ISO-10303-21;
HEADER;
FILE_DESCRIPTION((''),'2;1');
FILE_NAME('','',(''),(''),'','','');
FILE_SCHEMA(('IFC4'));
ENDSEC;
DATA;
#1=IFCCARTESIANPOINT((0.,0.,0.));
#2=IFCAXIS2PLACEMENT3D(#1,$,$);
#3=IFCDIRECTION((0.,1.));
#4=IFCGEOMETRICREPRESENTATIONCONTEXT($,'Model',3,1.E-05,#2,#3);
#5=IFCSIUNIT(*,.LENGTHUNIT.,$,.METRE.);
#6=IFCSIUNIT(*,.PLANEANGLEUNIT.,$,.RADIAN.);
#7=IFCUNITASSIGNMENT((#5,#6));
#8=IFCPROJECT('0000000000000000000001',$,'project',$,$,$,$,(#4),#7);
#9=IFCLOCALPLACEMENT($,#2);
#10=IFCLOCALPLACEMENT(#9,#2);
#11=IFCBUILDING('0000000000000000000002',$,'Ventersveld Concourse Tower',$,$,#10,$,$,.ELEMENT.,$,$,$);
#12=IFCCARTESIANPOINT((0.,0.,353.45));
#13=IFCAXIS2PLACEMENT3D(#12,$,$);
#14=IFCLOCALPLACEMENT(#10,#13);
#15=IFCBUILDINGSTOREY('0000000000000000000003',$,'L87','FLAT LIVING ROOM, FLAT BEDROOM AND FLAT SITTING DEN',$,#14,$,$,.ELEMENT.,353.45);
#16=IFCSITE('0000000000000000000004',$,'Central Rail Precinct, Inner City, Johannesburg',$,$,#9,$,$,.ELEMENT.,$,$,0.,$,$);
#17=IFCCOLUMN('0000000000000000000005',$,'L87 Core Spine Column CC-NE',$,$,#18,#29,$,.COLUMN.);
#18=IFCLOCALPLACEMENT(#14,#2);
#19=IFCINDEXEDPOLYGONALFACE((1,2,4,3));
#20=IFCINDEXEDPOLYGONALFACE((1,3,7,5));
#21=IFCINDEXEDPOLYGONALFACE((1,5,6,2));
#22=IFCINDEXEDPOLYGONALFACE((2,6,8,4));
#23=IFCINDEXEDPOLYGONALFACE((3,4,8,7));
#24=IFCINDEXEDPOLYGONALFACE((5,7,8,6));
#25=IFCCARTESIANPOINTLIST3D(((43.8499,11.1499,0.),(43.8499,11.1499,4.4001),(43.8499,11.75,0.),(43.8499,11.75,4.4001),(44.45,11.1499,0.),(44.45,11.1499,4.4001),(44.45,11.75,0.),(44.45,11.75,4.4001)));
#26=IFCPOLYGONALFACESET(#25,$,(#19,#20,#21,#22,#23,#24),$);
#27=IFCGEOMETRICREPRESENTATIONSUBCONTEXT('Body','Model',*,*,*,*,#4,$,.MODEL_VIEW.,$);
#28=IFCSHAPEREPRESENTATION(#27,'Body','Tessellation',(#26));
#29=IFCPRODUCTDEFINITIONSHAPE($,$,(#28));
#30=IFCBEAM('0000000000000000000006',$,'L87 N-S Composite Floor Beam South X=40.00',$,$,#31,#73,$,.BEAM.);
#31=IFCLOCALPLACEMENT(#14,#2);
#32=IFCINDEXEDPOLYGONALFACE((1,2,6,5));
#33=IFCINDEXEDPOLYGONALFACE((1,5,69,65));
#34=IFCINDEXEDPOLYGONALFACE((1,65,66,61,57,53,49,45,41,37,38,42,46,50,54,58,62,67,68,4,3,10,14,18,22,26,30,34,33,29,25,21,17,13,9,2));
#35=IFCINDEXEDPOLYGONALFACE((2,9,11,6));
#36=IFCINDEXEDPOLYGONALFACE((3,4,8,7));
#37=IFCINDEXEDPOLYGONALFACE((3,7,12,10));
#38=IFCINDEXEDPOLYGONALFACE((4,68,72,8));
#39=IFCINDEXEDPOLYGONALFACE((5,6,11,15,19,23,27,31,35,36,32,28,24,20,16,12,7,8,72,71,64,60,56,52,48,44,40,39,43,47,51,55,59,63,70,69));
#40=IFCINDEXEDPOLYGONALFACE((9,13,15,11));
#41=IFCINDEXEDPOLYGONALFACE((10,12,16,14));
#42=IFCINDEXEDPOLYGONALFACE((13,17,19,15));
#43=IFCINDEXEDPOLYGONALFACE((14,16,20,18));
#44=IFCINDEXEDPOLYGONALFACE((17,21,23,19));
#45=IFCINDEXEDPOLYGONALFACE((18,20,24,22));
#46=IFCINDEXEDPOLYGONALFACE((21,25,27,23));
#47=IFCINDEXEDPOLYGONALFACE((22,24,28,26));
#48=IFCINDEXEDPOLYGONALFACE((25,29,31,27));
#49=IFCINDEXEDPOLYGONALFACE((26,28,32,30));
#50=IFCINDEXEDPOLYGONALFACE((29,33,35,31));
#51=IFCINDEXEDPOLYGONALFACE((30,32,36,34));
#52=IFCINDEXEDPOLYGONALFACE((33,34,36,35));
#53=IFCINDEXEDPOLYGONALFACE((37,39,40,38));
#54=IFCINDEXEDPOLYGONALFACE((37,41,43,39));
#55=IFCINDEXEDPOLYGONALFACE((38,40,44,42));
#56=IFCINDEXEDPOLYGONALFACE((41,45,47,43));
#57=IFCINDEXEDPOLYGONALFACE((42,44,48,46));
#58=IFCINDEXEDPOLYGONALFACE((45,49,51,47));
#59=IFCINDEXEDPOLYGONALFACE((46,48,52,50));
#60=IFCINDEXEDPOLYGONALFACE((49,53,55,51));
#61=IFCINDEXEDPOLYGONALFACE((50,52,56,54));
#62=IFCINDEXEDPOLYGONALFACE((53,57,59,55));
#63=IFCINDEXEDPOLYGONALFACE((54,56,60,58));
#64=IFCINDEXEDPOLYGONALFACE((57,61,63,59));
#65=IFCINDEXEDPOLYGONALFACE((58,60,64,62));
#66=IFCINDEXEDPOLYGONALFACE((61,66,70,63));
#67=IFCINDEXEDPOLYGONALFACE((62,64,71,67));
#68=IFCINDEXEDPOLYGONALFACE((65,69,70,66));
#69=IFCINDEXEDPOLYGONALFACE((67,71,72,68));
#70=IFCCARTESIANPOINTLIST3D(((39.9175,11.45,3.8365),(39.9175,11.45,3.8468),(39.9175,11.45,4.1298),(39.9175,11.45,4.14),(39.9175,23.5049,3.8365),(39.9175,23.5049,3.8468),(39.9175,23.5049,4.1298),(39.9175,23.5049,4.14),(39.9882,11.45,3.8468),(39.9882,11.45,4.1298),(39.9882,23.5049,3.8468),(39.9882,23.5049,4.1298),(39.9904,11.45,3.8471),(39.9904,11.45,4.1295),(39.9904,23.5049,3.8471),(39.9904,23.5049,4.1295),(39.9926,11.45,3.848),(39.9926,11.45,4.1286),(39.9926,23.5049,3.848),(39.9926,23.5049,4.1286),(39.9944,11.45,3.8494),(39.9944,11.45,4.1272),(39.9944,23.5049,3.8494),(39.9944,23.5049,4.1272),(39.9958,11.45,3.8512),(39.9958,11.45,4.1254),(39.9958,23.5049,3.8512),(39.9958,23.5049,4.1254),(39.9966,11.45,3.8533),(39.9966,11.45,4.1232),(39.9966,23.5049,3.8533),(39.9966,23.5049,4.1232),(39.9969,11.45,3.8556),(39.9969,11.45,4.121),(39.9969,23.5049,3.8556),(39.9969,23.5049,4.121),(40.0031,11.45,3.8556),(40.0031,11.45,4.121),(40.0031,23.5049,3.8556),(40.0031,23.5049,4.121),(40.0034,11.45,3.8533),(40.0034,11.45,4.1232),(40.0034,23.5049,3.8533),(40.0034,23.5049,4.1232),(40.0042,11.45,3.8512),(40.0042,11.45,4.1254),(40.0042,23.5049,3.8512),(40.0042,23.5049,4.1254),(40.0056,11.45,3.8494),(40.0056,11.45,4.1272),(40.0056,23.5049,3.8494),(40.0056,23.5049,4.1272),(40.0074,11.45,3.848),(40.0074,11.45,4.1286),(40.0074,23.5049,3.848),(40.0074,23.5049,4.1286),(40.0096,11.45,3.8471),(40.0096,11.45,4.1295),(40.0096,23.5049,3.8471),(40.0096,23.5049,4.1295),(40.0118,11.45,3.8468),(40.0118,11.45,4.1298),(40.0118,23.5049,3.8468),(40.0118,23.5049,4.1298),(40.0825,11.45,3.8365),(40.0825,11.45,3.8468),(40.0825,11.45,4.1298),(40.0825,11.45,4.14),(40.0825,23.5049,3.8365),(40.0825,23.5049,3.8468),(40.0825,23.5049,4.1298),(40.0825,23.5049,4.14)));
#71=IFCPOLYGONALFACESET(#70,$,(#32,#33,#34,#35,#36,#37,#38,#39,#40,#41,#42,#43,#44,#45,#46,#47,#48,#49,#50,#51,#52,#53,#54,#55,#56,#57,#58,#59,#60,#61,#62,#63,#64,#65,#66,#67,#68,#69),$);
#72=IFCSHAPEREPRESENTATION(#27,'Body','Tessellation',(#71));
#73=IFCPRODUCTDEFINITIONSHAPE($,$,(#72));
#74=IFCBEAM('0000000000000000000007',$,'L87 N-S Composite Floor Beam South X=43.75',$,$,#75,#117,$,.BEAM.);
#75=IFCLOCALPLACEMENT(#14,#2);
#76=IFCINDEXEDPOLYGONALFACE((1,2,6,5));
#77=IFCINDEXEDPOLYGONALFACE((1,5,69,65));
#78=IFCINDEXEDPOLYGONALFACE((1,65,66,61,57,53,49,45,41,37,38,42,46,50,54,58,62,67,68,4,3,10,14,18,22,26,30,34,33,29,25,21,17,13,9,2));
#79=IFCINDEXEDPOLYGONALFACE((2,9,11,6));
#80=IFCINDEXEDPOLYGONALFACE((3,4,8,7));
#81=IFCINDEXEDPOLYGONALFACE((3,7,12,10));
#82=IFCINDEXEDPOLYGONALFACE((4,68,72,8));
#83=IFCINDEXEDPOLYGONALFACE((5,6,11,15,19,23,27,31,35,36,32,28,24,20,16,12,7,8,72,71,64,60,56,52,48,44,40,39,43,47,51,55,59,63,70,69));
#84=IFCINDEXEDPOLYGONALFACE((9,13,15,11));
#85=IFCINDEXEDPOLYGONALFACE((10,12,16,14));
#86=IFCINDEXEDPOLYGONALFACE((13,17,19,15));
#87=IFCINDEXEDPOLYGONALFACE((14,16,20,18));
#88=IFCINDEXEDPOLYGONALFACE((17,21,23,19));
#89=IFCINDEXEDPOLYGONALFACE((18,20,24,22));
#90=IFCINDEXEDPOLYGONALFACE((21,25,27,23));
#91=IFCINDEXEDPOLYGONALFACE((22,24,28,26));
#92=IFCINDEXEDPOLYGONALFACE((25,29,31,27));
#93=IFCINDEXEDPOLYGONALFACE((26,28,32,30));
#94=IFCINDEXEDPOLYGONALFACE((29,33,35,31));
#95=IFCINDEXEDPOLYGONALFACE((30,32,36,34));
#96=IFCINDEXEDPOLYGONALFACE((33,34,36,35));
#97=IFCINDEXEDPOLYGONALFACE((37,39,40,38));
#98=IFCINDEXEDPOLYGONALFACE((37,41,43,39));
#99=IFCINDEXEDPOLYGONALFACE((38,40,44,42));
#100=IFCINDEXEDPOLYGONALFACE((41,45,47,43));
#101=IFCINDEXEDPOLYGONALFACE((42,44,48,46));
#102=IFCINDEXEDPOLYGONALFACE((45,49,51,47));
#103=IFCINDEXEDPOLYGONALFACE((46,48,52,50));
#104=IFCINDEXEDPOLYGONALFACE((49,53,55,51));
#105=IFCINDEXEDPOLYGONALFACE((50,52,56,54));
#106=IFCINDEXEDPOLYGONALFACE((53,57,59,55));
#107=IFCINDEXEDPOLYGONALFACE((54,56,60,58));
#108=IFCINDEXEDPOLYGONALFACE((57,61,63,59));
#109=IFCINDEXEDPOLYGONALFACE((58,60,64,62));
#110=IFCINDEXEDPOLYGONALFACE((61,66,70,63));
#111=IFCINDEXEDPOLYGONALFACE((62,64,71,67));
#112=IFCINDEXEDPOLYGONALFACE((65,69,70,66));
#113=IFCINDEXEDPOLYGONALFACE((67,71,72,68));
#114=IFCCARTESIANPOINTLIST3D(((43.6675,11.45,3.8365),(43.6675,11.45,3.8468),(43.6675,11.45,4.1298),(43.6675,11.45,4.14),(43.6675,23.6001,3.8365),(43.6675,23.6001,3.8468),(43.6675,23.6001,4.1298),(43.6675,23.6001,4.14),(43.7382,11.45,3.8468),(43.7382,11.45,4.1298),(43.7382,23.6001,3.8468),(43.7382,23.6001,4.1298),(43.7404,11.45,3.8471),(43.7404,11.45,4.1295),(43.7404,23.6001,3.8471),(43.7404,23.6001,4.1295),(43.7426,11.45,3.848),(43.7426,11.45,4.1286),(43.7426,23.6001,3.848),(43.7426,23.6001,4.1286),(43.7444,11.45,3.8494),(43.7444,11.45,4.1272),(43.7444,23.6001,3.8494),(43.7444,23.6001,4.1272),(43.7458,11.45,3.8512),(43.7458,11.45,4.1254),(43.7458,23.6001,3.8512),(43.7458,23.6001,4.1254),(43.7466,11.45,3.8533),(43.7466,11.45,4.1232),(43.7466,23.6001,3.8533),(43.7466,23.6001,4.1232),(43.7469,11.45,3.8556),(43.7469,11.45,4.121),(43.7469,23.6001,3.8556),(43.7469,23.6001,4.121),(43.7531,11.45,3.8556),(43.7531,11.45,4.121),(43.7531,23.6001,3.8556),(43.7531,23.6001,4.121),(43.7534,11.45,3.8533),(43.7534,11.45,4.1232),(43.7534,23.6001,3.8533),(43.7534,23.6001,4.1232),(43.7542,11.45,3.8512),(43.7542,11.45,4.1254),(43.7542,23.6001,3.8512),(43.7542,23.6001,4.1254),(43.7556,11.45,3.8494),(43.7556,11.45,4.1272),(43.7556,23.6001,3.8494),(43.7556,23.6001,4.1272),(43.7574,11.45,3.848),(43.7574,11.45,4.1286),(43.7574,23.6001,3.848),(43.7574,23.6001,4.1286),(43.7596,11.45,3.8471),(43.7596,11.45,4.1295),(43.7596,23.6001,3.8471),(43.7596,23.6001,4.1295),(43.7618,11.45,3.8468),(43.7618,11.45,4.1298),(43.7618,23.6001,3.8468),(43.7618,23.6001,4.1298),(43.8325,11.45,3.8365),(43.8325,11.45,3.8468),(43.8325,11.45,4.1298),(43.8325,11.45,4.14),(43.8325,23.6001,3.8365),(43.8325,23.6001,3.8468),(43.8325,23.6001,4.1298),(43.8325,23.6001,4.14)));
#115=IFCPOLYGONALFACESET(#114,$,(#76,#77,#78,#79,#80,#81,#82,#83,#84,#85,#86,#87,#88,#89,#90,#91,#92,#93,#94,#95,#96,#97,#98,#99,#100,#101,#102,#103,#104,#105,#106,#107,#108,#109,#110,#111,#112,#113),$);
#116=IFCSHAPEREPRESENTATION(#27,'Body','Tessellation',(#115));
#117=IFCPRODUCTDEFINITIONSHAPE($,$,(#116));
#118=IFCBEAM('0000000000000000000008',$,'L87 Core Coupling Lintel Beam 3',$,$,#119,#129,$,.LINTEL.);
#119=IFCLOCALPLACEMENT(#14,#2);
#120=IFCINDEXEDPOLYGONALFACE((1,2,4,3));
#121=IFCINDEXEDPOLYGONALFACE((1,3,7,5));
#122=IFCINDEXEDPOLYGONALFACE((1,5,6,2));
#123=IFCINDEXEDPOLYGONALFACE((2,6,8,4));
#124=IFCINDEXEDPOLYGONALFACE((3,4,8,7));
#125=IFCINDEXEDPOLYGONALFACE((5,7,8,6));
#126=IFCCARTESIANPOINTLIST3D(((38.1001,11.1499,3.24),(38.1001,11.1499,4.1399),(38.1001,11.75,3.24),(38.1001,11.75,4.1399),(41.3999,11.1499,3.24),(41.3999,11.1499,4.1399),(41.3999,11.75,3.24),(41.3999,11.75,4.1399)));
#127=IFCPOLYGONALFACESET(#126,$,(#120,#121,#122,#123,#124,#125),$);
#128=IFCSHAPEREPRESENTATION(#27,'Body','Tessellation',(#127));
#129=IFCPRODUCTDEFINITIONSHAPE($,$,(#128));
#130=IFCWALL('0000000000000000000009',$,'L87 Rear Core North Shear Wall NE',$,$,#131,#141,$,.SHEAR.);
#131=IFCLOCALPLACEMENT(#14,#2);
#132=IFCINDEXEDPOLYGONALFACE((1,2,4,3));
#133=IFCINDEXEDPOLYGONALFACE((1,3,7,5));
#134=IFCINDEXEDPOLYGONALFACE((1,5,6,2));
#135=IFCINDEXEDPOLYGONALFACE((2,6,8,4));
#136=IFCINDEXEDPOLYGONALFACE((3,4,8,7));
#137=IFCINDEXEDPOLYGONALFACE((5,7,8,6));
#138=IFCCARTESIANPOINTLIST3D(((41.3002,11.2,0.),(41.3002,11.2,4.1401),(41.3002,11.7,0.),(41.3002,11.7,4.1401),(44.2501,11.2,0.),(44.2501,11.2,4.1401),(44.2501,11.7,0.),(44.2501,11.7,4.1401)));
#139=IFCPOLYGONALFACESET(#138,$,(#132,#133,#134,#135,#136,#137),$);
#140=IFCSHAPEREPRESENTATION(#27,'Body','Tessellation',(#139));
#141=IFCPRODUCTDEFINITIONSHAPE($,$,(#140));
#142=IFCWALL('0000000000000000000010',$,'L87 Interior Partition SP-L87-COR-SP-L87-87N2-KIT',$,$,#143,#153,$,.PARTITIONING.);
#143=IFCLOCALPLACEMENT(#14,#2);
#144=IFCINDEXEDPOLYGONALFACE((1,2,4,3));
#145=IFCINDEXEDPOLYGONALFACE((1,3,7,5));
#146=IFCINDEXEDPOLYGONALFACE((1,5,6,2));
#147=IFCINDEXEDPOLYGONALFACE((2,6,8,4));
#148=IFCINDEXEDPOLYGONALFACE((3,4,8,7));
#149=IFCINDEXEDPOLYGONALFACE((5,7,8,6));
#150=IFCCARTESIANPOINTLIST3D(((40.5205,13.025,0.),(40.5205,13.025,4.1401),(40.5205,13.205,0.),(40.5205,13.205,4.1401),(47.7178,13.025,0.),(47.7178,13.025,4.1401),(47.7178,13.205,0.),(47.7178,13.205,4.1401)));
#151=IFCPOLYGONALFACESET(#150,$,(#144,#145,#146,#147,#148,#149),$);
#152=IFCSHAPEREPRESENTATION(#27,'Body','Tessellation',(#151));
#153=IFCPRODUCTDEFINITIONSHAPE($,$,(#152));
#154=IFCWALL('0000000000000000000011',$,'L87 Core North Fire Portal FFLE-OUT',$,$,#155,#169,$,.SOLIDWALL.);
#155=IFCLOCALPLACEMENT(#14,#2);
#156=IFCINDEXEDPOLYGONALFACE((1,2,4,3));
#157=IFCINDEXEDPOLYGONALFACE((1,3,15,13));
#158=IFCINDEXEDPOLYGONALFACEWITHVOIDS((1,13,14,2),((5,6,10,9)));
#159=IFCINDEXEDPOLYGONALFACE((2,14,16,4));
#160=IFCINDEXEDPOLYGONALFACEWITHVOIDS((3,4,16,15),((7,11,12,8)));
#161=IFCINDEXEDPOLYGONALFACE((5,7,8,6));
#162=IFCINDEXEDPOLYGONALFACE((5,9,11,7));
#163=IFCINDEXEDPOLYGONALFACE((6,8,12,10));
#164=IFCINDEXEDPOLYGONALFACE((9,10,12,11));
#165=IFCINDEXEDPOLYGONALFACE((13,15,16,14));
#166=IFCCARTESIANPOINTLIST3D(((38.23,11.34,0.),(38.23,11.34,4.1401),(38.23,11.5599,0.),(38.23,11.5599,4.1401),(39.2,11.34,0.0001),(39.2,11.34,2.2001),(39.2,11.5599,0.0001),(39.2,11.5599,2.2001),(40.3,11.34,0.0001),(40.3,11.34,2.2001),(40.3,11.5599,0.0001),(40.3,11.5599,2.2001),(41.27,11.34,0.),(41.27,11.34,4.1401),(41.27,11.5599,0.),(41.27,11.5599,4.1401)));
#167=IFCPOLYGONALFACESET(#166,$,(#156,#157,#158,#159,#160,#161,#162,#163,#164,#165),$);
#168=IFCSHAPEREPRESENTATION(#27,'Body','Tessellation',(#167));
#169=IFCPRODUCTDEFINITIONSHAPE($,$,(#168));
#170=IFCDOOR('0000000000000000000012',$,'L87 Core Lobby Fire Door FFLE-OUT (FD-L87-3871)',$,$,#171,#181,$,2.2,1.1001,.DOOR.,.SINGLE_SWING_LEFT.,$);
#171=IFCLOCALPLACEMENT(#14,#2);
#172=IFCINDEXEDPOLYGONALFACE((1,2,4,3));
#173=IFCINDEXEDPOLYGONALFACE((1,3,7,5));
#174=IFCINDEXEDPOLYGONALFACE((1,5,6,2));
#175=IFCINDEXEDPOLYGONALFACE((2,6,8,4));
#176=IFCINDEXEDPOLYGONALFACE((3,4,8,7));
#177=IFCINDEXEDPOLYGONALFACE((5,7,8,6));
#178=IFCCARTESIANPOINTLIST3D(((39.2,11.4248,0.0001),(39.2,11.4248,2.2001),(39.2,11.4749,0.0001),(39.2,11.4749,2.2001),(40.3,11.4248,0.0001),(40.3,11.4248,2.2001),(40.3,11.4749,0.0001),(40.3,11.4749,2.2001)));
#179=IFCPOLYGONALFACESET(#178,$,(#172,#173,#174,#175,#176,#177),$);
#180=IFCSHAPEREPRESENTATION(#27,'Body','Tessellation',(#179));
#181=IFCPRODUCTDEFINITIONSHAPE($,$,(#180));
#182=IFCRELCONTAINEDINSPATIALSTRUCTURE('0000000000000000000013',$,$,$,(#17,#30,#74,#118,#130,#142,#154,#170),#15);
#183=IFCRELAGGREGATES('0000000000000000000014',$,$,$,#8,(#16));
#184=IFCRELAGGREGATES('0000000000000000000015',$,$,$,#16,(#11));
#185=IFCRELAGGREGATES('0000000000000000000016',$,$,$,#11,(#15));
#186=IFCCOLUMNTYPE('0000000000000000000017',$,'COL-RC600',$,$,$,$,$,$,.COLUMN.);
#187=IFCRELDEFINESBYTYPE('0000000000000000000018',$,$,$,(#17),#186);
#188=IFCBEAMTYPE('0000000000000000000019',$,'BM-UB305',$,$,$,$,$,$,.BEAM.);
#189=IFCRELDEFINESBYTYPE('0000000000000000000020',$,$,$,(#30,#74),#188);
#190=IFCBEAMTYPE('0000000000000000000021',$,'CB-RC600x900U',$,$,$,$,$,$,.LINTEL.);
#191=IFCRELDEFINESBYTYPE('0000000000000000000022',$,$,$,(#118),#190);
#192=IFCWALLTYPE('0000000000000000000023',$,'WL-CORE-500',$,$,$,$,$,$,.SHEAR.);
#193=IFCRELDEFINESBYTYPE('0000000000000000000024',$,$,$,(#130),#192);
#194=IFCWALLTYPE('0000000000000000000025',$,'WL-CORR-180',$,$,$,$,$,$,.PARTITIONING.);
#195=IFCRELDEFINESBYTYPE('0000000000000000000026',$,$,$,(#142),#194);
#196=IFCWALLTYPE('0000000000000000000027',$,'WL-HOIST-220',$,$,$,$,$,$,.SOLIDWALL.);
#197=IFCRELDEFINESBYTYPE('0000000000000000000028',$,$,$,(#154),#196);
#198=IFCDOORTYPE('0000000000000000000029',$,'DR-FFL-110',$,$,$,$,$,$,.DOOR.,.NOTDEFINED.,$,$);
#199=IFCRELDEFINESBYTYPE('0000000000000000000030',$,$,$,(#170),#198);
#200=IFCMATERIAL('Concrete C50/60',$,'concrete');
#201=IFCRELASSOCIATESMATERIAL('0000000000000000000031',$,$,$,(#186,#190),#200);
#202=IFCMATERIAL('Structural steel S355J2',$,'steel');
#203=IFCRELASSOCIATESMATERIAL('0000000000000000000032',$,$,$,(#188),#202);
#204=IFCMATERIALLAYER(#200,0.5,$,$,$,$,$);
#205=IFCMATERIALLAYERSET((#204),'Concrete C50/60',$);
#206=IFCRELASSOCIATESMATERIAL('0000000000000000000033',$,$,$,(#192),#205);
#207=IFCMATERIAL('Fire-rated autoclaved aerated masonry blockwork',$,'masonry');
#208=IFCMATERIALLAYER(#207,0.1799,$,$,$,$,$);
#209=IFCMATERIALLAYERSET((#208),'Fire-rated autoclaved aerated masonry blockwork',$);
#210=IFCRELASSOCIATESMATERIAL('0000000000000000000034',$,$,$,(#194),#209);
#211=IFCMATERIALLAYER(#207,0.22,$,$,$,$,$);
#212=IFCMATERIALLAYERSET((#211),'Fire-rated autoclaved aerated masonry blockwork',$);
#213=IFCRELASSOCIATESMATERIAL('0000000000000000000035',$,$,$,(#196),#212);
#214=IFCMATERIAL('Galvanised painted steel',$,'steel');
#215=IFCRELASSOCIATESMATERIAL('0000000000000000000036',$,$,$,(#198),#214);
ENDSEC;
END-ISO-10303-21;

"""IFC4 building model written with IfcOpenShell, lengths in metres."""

from ifc_helpers import new_model, si_unit, direction, frame, frame_2d, origin, origin_2d, place, context, subcontext, project, spatial, rectangle, i_section, extrude, material, layer, layer_set, material_profile, profile_set, type_object, element, fill, save


model = new_model("IFC4")

# Units and contexts
model_context = context("Model", 3, precision=1e-05, world=origin(), true_north=direction((0.0, 1.0)))
body_context = subcontext(model_context, "Body", "Model", "MODEL_VIEW")
ifc_project = project(units=[si_unit("LENGTHUNIT", "METRE"), si_unit("PLANEANGLEUNIT", "RADIAN")], contexts=[model_context])

# Site, building, storey
site_placement = place(None, origin())
site = spatial("IfcSite", under=ifc_project, at=site_placement, Name="Central Rail Precinct, Inner City, Johannesburg", CompositionType="ELEMENT", RefElevation=0.0)
building_placement = place(site_placement, origin())
building = spatial("IfcBuilding", under=site, at=building_placement, Name="Ventersveld Concourse Tower", CompositionType="ELEMENT")
storey_placement = place(building_placement, frame((0.0, 0.0, 353.45)))
storey = spatial("IfcBuildingStorey", under=building, at=storey_placement, Name="L87", Description="FLAT LIVING ROOM, FLAT BEDROOM AND FLAT SITTING DEN", CompositionType="ELEMENT", Elevation=353.45)

# Column
ifc_material_1 = material(Name="Concrete C50/60", Category="concrete")
ifc_material_profile_1 = material_profile(ifc_material_1, rectangle(XDim=0.6001, YDim=0.6001, at=origin_2d()), Name="RC 600x600")
ifc_profile_set_1 = profile_set([ifc_material_profile_1], Name="Concrete C50/60")
column_type = type_object("IfcColumnType", Name="COL-RC600", PredefinedType="COLUMN", material=ifc_profile_set_1)
column_placement = place(storey_placement, frame((44.1499, 11.45, 0.0), z_axis=(0.0, 0.0, 1.0), x_axis=(1.0, 0.0, 0.0)))
element("IfcColumn", 1, at=column_placement, inside=storey, type_object=column_type, Name="L87 Core Spine Column CC-NE", PredefinedType="COLUMN", context=body_context, shape_type="SweptSolid", body=[
    extrude(rectangle(XDim=0.6001, YDim=0.6001, at=origin_2d()), origin(), (0.0, 0.0, 1.0), 4.4001),
])

# Beams
ifc_material_2 = material(Name="Structural steel S355J2", Category="steel")
ifc_material_profile_2 = material_profile(ifc_material_2, i_section(OverallWidth=0.165, OverallDepth=0.3035, WebThickness=0.0061, FlangeThickness=0.0103, FilletRadius=0.0088, at=origin_2d()), Name="UB 305x165x40")
ifc_profile_set_2 = profile_set([ifc_material_profile_2], Name="Structural steel S355J2")
beam_type_1 = type_object("IfcBeamType", Name="BM-UB305", PredefinedType="BEAM", material=ifc_profile_set_2)
beam_1_placement = place(storey_placement, frame((40.0, 11.45, 3.9883), z_axis=(0.0, 1.0, 0.0), x_axis=(-1.0, 0.0, 0.0)))
element("IfcBeam", 2, at=beam_1_placement, inside=storey, type_object=beam_type_1, Name="L87 N-S Composite Floor Beam South X=40.00", PredefinedType="BEAM", context=body_context, shape_type="SweptSolid", body=[
    extrude(i_section(OverallWidth=0.165, OverallDepth=0.3035, WebThickness=0.0061, FlangeThickness=0.0103, FilletRadius=0.0088, at=origin_2d()), origin(), (0.0, 0.0, 1.0), 12.0549),
])
beam_2_placement = place(storey_placement, frame((43.75, 11.45, 3.9883), z_axis=(0.0, 1.0, 0.0), x_axis=(-1.0, 0.0, 0.0)))
element("IfcBeam", 3, at=beam_2_placement, inside=storey, type_object=beam_type_1, Name="L87 N-S Composite Floor Beam South X=43.75", PredefinedType="BEAM", context=body_context, shape_type="SweptSolid", body=[
    extrude(i_section(OverallWidth=0.165, OverallDepth=0.3035, WebThickness=0.0061, FlangeThickness=0.0103, FilletRadius=0.0088, at=origin_2d()), origin(), (0.0, 0.0, 1.0), 12.1501),
])
ifc_material_profile_3 = material_profile(ifc_material_1, rectangle(XDim=0.6001, YDim=0.8999, at=origin_2d()), Name="RC 600x900")
ifc_profile_set_3 = profile_set([ifc_material_profile_3], Name="Concrete C50/60")
beam_type_2 = type_object("IfcBeamType", Name="CB-RC600x900U", PredefinedType="LINTEL", material=ifc_profile_set_3)
beam_3_placement = place(storey_placement, frame((38.1001, 11.45, 3.6899), z_axis=(1.0, 0.0, 0.0), x_axis=(0.0, 1.0, 0.0)))
element("IfcBeam", 4, at=beam_3_placement, inside=storey, type_object=beam_type_2, Name="L87 Core Coupling Lintel Beam 3", PredefinedType="LINTEL", context=body_context, shape_type="SweptSolid", body=[
    extrude(rectangle(XDim=0.6001, YDim=0.8999, at=origin_2d()), origin(), (0.0, 0.0, 1.0), 3.2998),
])

# Wall
ifc_layer_1 = layer(ifc_material_1, 0.5)
ifc_layer_set_1 = layer_set([ifc_layer_1], Name="Concrete C50/60")
wall_type_1 = type_object("IfcWallType", Name="WL-CORE-500", PredefinedType="SHEAR", material=ifc_layer_set_1)
wall_1_placement = place(storey_placement, frame((41.3, 11.45, 0.0), z_axis=(0.0, 0.0, 1.0), x_axis=(1.0, 0.0, 0.0)))
element("IfcWall", 5, at=wall_1_placement, inside=storey, type_object=wall_type_1, Name="L87 Rear Core North Shear Wall NE", PredefinedType="SHEAR", context=body_context, shape_type="SweptSolid", body=[
    extrude(rectangle(XDim=2.95, YDim=0.5, at=frame_2d((1.4751, 0.0))), origin(), (0.0, 0.0, 1.0), 4.1401),
])

# Shared definitions
ifc_material_3 = material(Name="Fire-rated autoclaved aerated masonry blockwork", Category="masonry")
ifc_layer_2 = layer(ifc_material_3, 0.1799)
ifc_layer_set_2 = layer_set([ifc_layer_2], Name="Fire-rated autoclaved aerated masonry blockwork")
wall_type_2 = type_object("IfcWallType", Name="WL-CORR-180", PredefinedType="PARTITIONING", material=ifc_layer_set_2)

# Wall
wall_2_placement = place(storey_placement, frame((40.5205, 13.115, 0.0), z_axis=(0.0, 0.0, 1.0), x_axis=(1.0, 0.0, 0.0)))
element("IfcWall", 6, at=wall_2_placement, inside=storey, type_object=wall_type_2, Name="L87 Interior Partition SP-L87-COR-SP-L87-87N2-KIT", PredefinedType="PARTITIONING", context=body_context, shape_type="SweptSolid", body=[
    extrude(rectangle(XDim=7.1973, YDim=0.1799, at=frame_2d((3.5986, 0.0))), origin(), (0.0, 0.0, 1.0), 4.1401),
])

# Wall, opening, door
ifc_layer_3 = layer(ifc_material_3, 0.22)
ifc_layer_set_3 = layer_set([ifc_layer_3], Name="Fire-rated autoclaved aerated masonry blockwork")
wall_type_3 = type_object("IfcWallType", Name="WL-HOIST-220", PredefinedType="SOLIDWALL", material=ifc_layer_set_3)
wall_3_placement = place(storey_placement, frame((38.23, 11.45, 0.0), z_axis=(0.0, 0.0, 1.0), x_axis=(1.0, 0.0, 0.0)))
wall_3 = element("IfcWall", 7, at=wall_3_placement, inside=storey, type_object=wall_type_3, Name="L87 Core North Fire Portal FFLE-OUT", PredefinedType="SOLIDWALL", context=body_context, shape_type="SweptSolid", body=[
    extrude(rectangle(XDim=3.04, YDim=0.22, at=frame_2d((1.52, 0.0))), origin(), (0.0, 0.0, 1.0), 4.1401),
])
opening_1_placement = place(wall_3_placement, frame((0.97, 0.0, 0.0)))
opening_1 = element("IfcOpeningElement", 8, at=opening_1_placement, cuts=wall_3, PredefinedType="OPENING", context=body_context, shape_type="SweptSolid", body=[
    extrude(rectangle(XDim=1.1001, YDim=2.2, at=frame_2d((0.55, 1.1001))), frame((0.0, 0.1201, 0.0), z_axis=(0.0, -1.0, 0.0), x_axis=(1.0, 0.0, 0.0)), (0.0, 0.0, 1.0), 0.24),
])
ifc_material_4 = material(Name="Galvanised painted steel", Category="steel")
door_type_1 = type_object("IfcDoorType", Name="DR-FFL-110", OperationType="NOTDEFINED", PredefinedType="DOOR", material=ifc_material_4)
door_1_placement = place(opening_1_placement, origin())
door_1 = element("IfcDoor", 9, at=door_1_placement, inside=storey, type_object=door_type_1, Name="L87 Core Lobby Fire Door FFLE-OUT (FD-L87-3871)", OperationType="SINGLE_SWING_LEFT", OverallHeight=2.2, OverallWidth=1.1001, PredefinedType="DOOR", context=body_context, shape_type="SweptSolid", body=[
    extrude(rectangle(XDim=1.1001, YDim=2.2, at=frame_2d((0.55, 1.1001))), frame((0.0, 0.0249, 0.0), z_axis=(0.0, -1.0, 0.0), x_axis=(1.0, 0.0, 0.0)), (0.0, 0.0, 1.0), 0.05),
])
fill(opening_1, door_1)

save(model, "model.ifc")
